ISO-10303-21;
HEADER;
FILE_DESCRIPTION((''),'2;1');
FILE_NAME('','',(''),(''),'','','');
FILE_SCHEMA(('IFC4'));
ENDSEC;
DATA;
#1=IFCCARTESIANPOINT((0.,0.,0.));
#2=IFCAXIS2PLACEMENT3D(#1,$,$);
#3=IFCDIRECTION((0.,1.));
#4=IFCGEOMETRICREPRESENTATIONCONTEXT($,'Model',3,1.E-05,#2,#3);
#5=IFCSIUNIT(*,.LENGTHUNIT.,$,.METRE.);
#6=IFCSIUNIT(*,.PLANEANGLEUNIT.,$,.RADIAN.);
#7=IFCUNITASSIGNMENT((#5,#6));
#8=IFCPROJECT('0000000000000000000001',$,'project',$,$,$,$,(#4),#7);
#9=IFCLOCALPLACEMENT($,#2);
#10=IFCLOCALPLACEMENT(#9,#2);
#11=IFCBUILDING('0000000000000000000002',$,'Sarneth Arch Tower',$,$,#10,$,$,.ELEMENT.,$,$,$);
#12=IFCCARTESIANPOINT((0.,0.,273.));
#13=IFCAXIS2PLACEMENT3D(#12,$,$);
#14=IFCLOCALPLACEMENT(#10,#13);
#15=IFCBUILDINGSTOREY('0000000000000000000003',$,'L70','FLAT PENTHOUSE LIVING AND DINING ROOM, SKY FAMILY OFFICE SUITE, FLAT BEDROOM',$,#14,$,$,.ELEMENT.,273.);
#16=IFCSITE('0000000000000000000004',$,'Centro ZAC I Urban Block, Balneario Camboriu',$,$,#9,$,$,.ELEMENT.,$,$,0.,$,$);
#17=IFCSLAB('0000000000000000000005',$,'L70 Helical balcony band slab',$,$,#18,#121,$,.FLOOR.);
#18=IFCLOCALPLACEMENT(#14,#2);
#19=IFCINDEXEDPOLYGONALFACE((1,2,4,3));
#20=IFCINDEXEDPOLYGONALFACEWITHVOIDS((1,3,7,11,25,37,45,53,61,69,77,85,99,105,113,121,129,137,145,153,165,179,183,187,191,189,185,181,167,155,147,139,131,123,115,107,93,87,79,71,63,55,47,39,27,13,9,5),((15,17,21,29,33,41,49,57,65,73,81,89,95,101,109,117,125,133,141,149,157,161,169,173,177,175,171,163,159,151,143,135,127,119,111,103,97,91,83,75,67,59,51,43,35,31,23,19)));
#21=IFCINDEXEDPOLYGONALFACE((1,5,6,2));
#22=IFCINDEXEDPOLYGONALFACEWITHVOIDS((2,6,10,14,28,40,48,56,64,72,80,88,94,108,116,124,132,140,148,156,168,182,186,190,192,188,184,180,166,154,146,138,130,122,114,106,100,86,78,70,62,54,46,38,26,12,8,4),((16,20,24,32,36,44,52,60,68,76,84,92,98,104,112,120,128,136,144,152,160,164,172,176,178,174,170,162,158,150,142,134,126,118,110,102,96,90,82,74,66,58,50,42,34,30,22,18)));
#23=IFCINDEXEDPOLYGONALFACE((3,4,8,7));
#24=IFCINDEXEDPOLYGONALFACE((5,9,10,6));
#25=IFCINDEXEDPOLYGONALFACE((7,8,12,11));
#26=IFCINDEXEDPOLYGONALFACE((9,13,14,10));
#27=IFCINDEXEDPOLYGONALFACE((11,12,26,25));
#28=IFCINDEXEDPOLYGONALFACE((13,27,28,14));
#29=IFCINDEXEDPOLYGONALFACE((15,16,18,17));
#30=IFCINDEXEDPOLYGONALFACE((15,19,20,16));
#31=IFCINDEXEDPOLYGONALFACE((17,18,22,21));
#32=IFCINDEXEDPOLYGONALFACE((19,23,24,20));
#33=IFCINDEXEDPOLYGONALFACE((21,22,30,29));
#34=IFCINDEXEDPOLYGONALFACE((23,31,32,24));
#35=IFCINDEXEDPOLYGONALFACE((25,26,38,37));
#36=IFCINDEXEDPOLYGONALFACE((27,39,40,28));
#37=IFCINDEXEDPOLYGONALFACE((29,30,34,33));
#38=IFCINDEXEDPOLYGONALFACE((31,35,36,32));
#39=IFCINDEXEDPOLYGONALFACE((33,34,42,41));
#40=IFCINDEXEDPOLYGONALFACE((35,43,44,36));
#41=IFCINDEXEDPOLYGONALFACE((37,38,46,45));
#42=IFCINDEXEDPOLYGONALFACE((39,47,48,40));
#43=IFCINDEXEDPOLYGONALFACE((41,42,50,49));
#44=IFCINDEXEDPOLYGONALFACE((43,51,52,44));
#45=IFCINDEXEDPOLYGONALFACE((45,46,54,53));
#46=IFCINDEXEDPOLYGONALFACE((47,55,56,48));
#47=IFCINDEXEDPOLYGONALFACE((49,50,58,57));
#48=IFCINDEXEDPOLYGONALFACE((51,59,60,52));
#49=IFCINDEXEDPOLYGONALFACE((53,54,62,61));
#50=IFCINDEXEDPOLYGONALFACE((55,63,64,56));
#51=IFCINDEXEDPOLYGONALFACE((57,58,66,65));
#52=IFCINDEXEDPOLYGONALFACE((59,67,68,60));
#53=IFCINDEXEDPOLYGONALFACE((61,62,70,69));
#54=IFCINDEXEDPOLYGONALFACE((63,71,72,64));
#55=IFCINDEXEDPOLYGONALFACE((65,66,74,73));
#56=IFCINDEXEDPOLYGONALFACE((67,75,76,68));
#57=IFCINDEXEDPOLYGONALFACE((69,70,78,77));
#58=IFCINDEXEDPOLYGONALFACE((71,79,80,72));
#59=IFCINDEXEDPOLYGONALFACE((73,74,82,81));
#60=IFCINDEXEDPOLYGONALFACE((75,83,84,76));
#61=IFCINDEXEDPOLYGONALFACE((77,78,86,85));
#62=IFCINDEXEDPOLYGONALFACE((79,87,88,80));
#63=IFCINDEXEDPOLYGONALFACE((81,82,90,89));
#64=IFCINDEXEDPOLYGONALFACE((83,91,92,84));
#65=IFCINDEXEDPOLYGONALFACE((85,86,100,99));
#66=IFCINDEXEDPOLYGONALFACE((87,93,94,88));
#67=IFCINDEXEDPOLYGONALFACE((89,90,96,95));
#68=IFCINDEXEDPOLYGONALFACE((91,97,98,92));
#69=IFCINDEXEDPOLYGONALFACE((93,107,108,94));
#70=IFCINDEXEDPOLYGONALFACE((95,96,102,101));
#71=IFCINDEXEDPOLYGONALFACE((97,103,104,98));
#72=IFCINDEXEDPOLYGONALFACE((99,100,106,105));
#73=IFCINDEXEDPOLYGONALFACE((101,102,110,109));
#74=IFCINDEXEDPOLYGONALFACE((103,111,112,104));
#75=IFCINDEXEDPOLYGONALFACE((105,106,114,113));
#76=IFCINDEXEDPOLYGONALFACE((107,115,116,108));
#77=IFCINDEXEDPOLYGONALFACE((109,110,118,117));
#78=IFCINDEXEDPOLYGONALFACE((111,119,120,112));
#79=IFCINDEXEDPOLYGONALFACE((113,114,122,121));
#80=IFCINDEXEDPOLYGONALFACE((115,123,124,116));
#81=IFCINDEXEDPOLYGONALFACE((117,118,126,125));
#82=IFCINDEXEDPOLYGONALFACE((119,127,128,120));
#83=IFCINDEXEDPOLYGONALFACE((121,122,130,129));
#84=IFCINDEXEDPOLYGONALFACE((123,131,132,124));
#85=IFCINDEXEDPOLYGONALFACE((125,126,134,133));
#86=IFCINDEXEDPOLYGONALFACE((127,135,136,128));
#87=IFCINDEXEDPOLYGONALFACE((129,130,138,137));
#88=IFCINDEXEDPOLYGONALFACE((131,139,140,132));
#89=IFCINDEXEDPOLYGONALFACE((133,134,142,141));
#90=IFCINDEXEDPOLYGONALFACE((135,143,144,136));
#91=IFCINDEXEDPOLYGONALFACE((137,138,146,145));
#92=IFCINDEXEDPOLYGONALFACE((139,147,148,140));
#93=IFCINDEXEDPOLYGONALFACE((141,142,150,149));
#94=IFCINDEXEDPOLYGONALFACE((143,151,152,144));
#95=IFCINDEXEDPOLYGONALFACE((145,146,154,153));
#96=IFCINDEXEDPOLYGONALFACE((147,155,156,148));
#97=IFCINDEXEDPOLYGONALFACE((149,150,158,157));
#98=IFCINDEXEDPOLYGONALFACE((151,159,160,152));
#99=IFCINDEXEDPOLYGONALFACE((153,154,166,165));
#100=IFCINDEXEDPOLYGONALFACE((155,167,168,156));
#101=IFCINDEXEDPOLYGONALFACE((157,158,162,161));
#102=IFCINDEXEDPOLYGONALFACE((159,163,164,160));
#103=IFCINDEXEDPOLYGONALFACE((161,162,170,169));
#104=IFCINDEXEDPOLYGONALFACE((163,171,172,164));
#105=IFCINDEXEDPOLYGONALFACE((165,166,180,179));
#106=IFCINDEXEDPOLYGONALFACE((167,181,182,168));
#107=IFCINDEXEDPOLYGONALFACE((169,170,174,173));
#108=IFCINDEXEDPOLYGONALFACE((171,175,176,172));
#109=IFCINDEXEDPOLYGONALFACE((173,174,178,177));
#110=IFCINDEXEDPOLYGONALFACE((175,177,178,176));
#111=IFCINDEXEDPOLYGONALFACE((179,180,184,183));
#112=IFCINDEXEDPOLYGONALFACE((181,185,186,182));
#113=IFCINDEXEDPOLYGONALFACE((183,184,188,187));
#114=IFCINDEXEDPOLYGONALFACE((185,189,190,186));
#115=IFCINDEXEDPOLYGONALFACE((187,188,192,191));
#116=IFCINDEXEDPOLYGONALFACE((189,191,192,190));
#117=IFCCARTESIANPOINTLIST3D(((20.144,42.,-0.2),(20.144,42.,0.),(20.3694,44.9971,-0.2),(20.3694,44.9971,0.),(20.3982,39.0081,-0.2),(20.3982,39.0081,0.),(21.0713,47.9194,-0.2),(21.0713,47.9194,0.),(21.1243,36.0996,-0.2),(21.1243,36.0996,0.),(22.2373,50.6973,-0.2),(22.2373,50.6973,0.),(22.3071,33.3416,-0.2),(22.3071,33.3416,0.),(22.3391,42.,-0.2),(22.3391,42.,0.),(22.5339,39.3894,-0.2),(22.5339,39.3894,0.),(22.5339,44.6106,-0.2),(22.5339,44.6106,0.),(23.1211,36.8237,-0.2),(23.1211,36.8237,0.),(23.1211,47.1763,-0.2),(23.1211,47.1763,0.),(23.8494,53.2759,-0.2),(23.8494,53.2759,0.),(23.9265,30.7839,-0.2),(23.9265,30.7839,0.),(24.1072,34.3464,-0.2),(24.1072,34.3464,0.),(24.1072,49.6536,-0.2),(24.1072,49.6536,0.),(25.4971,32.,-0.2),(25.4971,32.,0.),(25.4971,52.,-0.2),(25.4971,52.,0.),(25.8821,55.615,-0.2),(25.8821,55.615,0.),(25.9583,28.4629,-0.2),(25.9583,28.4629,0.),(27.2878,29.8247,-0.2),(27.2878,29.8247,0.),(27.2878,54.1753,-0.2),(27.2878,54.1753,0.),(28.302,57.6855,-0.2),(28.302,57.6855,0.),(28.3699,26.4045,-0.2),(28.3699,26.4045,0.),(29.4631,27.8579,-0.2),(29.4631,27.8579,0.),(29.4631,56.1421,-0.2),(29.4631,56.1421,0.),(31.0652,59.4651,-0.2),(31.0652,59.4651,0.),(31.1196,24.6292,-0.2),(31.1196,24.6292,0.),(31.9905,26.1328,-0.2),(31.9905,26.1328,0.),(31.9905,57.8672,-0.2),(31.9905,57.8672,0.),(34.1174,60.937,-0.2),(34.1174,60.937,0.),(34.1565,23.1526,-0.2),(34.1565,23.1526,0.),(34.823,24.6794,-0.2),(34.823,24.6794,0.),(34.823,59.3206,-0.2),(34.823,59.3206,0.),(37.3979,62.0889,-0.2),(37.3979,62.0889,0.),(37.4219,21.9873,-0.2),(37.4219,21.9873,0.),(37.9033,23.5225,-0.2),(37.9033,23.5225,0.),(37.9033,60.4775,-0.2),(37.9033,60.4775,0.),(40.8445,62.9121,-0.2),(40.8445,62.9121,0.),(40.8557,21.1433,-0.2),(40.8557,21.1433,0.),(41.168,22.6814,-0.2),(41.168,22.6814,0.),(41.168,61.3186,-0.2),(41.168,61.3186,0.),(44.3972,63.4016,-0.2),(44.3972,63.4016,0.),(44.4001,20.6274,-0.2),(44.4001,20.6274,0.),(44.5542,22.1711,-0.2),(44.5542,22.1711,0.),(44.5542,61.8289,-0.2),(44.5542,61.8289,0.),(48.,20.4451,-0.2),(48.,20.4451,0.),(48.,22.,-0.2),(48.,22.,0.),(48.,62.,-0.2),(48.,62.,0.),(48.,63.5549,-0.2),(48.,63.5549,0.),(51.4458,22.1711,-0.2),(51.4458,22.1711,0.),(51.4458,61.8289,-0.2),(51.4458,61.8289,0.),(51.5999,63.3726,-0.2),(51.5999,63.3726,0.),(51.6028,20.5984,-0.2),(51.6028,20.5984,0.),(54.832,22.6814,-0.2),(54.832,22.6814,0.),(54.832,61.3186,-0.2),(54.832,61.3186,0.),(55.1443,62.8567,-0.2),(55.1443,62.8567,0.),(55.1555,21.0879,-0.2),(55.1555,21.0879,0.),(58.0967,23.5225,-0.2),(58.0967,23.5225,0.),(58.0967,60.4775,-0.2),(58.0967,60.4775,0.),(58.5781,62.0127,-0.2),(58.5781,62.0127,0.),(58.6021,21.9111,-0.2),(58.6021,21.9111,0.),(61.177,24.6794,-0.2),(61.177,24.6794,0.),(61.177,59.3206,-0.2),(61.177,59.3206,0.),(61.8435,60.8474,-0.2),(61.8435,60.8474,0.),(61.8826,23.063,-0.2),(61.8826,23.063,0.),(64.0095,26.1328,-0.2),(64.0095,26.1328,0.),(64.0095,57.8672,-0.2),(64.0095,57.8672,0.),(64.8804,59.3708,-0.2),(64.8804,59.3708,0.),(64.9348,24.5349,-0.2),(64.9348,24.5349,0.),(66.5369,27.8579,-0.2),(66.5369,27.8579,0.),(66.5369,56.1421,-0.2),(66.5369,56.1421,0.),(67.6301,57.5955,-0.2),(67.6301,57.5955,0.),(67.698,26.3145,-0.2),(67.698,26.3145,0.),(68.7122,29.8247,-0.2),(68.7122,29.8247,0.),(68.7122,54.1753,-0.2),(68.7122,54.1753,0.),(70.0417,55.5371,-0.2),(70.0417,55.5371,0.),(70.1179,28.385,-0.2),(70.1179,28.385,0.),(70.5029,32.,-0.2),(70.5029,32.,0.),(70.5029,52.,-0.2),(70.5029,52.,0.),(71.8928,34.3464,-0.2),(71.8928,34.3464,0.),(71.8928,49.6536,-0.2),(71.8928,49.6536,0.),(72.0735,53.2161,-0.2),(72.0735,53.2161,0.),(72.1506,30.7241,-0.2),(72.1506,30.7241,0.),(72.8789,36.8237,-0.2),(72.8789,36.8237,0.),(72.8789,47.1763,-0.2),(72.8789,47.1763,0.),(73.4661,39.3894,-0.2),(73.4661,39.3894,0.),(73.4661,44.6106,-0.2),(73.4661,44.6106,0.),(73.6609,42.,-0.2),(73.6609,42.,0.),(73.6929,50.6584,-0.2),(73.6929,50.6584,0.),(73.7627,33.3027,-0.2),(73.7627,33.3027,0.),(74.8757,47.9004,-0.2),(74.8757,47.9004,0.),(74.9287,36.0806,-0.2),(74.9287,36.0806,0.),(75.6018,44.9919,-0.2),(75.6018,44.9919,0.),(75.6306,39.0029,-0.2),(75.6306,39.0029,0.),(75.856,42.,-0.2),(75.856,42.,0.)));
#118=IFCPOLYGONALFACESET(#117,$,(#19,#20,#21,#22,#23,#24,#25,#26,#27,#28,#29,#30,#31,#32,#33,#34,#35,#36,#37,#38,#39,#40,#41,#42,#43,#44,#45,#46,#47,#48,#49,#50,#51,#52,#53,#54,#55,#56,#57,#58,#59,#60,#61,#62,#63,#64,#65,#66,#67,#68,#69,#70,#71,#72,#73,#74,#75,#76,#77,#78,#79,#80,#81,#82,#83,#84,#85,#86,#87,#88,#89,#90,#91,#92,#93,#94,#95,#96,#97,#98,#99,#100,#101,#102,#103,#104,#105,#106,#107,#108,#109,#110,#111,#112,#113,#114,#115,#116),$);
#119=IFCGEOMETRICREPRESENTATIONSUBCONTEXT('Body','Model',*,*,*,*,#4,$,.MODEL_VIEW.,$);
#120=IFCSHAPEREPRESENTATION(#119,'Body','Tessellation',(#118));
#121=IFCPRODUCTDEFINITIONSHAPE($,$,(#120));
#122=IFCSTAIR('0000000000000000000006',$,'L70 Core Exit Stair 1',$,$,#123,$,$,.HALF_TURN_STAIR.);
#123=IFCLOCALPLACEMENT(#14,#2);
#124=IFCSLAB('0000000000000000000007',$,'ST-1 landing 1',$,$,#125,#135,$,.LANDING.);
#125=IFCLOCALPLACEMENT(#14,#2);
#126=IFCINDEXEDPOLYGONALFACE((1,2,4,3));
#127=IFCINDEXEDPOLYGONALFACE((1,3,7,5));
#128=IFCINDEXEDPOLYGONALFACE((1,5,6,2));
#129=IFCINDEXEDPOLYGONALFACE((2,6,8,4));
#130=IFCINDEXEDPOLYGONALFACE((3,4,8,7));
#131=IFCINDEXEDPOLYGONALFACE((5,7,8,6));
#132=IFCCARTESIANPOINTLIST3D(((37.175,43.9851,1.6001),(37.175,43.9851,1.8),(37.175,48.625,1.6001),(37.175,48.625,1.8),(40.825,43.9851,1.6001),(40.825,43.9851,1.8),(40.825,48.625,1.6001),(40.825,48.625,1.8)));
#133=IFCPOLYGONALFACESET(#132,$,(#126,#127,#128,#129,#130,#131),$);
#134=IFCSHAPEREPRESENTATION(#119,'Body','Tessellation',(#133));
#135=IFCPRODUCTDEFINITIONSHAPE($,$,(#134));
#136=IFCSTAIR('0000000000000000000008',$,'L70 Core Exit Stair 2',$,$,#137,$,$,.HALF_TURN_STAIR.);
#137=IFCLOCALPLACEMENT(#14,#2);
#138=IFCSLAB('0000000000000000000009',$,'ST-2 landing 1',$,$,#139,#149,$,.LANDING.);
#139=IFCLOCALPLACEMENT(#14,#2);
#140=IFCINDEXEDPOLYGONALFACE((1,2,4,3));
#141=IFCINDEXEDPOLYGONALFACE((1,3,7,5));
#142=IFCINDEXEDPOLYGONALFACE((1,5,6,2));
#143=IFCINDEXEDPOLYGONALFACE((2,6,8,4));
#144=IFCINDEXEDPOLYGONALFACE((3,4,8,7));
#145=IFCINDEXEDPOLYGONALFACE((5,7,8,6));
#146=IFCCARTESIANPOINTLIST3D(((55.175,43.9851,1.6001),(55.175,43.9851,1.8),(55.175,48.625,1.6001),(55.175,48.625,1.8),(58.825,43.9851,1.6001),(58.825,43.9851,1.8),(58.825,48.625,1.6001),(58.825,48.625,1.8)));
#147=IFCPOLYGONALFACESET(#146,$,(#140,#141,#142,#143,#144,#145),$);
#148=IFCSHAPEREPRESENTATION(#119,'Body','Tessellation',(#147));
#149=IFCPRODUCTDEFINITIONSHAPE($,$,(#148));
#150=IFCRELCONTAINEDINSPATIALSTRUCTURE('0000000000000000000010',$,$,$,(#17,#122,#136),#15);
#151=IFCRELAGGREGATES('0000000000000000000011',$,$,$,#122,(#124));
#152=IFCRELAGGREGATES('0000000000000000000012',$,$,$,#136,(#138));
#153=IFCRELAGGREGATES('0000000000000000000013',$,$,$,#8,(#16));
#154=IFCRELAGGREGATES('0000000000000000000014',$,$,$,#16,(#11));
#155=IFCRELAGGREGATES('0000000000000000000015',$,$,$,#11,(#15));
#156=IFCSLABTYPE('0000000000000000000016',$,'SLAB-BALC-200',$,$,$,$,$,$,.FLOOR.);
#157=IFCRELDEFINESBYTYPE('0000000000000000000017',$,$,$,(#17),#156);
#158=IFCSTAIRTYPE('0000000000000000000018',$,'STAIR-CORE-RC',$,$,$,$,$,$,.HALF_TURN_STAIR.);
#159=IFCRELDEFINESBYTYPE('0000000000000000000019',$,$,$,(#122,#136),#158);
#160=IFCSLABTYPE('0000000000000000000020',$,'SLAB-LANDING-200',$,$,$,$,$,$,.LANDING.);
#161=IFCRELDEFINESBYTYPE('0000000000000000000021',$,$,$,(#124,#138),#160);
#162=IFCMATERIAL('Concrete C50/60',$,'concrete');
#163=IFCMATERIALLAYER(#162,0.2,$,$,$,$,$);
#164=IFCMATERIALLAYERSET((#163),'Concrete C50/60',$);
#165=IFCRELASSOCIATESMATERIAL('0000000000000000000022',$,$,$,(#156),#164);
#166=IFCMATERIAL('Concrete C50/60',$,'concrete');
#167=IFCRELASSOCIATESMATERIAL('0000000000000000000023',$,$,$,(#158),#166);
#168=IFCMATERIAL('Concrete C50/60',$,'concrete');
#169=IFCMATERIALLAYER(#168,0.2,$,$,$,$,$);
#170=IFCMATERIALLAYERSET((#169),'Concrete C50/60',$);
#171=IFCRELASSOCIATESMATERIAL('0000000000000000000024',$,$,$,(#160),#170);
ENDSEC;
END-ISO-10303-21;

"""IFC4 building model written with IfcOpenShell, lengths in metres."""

from ifc_helpers import new_model, si_unit, direction, frame, origin, place, context, subcontext, project, spatial, polyline, outline, extrude, material, layer, layer_set, type_object, element, aggregate, save


model = new_model("IFC4")

# Units and contexts
model_context = context("Model", 3, precision=1e-05, world=origin(), true_north=direction((0.0, 1.0)))
body_context = subcontext(model_context, "Body", "Model", "MODEL_VIEW")
ifc_project = project(units=[si_unit("LENGTHUNIT", "METRE"), si_unit("PLANEANGLEUNIT", "RADIAN")], contexts=[model_context])

# Site, building, storey
site_placement = place(None, origin())
site = spatial("IfcSite", under=ifc_project, at=site_placement, Name="Centro ZAC I Urban Block, Balneario Camboriu", CompositionType="ELEMENT", RefElevation=0.0)
building_placement = place(site_placement, origin())
building = spatial("IfcBuilding", under=site, at=building_placement, Name="Sarneth Arch Tower", CompositionType="ELEMENT")
storey_placement = place(building_placement, frame((0.0, 0.0, 273.0)))
storey = spatial("IfcBuildingStorey", under=building, at=storey_placement, Name="L70", Description="FLAT PENTHOUSE LIVING AND DINING ROOM, SKY FAMILY OFFICE SUITE, FLAT BEDROOM", CompositionType="ELEMENT", Elevation=273.0)

# Slab
ifc_material_1 = material(Name="Concrete C50/60", Category="concrete")
ifc_layer_1 = layer(ifc_material_1, 0.2)
ifc_layer_set_1 = layer_set([ifc_layer_1], Name="Concrete C50/60")
slab_type_1 = type_object("IfcSlabType", Name="SLAB-BALC-200", PredefinedType="FLOOR", material=ifc_layer_set_1)
slab_1_placement = place(storey_placement, frame((0.0, 0.0, -0.2)))
element("IfcSlab", 1, at=slab_1_placement, inside=storey, type_object=slab_type_1, Name="L70 Helical balcony band slab", PredefinedType="FLOOR", context=body_context, shape_type="SweptSolid", body=[
    extrude(outline(polyline([(75.856, 42.0), (75.6018, 44.9919), (74.8757, 47.9004), (73.6929, 50.6584), (72.0735, 53.2161), (70.0417, 55.5371), (67.6301, 57.5955), (64.8804, 59.3708), (61.8435, 60.8474), (58.5781, 62.0127), (55.1443, 62.8567), (51.5999, 63.3726), (48.0, 63.5549), (44.3972, 63.4016), (40.8445, 62.9121), (37.3979, 62.0889), (34.1174, 60.937), (31.0652, 59.4651), (28.302, 57.6855), (25.8821, 55.615), (23.8494, 53.2759), (22.2373, 50.6973), (21.0713, 47.9194), (20.3694, 44.9971), (20.144, 42.0), (20.3982, 39.0081), (21.1243, 36.0996), (22.3071, 33.3416), (23.9265, 30.7839), (25.9583, 28.4629), (28.3699, 26.4045), (31.1196, 24.6292), (34.1565, 23.1526), (37.4219, 21.9873), (40.8557, 21.1433), (44.4001, 20.6274), (48.0, 20.4451), (51.6028, 20.5984), (55.1555, 21.0879), (58.6021, 21.9111), (61.8826, 23.063), (64.9348, 24.5349), (67.698, 26.3145), (70.1179, 28.385), (72.1506, 30.7241), (73.7627, 33.3027), (74.9287, 36.0806), (75.6306, 39.0029), (75.856, 42.0)]), holes=[polyline([(73.6609, 42.0), (73.4661, 44.6106), (72.8789, 47.1763), (71.8928, 49.6536), (70.5029, 52.0), (68.7122, 54.1753), (66.5369, 56.1421), (64.0095, 57.8672), (61.177, 59.3206), (58.0967, 60.4775), (54.832, 61.3186), (51.4458, 61.8289), (48.0, 62.0), (44.5542, 61.8289), (41.168, 61.3186), (37.9033, 60.4775), (34.823, 59.3206), (31.9905, 57.8672), (29.4631, 56.1421), (27.2878, 54.1753), (25.4971, 52.0), (24.1072, 49.6536), (23.1211, 47.1763), (22.5339, 44.6106), (22.3391, 42.0), (22.5339, 39.3894), (23.1211, 36.8237), (24.1072, 34.3464), (25.4971, 32.0), (27.2878, 29.8247), (29.4631, 27.8579), (31.9905, 26.1328), (34.823, 24.6794), (37.9033, 23.5225), (41.168, 22.6814), (44.5542, 22.1711), (48.0, 22.0), (51.4458, 22.1711), (54.832, 22.6814), (58.0967, 23.5225), (61.177, 24.6794), (64.0095, 26.1328), (66.5369, 27.8579), (68.7122, 29.8247), (70.5029, 32.0), (71.8928, 34.3464), (72.8789, 36.8237), (73.4661, 39.3894), (73.6609, 42.0)])]), origin(), (0.0, 0.0, 1.0), 0.2),
])

# Stairs, slabs
ifc_material_2 = material(Name="Concrete C50/60", Category="concrete")
stair_type = type_object("IfcStairType", Name="STAIR-CORE-RC", PredefinedType="HALF_TURN_STAIR", material=ifc_material_2)
stair_1_placement = place(storey_placement, origin())
stair_1 = element("IfcStair", 2, at=stair_1_placement, inside=storey, type_object=stair_type, Name="L70 Core Exit Stair 1", PredefinedType="HALF_TURN_STAIR")
ifc_material_3 = material(Name="Concrete C50/60", Category="concrete")
ifc_layer_2 = layer(ifc_material_3, 0.2)
ifc_layer_set_2 = layer_set([ifc_layer_2], Name="Concrete C50/60")
slab_type_2 = type_object("IfcSlabType", Name="SLAB-LANDING-200", PredefinedType="LANDING", material=ifc_layer_set_2)
slab_2_placement = place(storey_placement, frame((0.0, 0.0, 1.6001)))
slab_2 = element("IfcSlab", 3, at=slab_2_placement, type_object=slab_type_2, Name="ST-1 landing 1", PredefinedType="LANDING", context=body_context, shape_type="SweptSolid", body=[
    extrude(outline(polyline([(37.175, 43.9851), (40.825, 43.9851), (40.825, 48.625), (37.175, 48.625), (37.175, 43.9851)])), origin(), (0.0, 0.0, 1.0), 0.2),
])
aggregate(stair_1, [slab_2])
stair_2_placement = place(storey_placement, origin())
stair_2 = element("IfcStair", 4, at=stair_2_placement, inside=storey, type_object=stair_type, Name="L70 Core Exit Stair 2", PredefinedType="HALF_TURN_STAIR")
slab_3_placement = place(storey_placement, frame((0.0, 0.0, 1.6001)))
slab_3 = element("IfcSlab", 5, at=slab_3_placement, type_object=slab_type_2, Name="ST-2 landing 1", PredefinedType="LANDING", context=body_context, shape_type="SweptSolid", body=[
    extrude(outline(polyline([(55.175, 43.9851), (58.825, 43.9851), (58.825, 48.625), (55.175, 48.625), (55.175, 43.9851)])), origin(), (0.0, 0.0, 1.0), 0.2),
])
aggregate(stair_2, [slab_3])

save(model, "model.ifc")
